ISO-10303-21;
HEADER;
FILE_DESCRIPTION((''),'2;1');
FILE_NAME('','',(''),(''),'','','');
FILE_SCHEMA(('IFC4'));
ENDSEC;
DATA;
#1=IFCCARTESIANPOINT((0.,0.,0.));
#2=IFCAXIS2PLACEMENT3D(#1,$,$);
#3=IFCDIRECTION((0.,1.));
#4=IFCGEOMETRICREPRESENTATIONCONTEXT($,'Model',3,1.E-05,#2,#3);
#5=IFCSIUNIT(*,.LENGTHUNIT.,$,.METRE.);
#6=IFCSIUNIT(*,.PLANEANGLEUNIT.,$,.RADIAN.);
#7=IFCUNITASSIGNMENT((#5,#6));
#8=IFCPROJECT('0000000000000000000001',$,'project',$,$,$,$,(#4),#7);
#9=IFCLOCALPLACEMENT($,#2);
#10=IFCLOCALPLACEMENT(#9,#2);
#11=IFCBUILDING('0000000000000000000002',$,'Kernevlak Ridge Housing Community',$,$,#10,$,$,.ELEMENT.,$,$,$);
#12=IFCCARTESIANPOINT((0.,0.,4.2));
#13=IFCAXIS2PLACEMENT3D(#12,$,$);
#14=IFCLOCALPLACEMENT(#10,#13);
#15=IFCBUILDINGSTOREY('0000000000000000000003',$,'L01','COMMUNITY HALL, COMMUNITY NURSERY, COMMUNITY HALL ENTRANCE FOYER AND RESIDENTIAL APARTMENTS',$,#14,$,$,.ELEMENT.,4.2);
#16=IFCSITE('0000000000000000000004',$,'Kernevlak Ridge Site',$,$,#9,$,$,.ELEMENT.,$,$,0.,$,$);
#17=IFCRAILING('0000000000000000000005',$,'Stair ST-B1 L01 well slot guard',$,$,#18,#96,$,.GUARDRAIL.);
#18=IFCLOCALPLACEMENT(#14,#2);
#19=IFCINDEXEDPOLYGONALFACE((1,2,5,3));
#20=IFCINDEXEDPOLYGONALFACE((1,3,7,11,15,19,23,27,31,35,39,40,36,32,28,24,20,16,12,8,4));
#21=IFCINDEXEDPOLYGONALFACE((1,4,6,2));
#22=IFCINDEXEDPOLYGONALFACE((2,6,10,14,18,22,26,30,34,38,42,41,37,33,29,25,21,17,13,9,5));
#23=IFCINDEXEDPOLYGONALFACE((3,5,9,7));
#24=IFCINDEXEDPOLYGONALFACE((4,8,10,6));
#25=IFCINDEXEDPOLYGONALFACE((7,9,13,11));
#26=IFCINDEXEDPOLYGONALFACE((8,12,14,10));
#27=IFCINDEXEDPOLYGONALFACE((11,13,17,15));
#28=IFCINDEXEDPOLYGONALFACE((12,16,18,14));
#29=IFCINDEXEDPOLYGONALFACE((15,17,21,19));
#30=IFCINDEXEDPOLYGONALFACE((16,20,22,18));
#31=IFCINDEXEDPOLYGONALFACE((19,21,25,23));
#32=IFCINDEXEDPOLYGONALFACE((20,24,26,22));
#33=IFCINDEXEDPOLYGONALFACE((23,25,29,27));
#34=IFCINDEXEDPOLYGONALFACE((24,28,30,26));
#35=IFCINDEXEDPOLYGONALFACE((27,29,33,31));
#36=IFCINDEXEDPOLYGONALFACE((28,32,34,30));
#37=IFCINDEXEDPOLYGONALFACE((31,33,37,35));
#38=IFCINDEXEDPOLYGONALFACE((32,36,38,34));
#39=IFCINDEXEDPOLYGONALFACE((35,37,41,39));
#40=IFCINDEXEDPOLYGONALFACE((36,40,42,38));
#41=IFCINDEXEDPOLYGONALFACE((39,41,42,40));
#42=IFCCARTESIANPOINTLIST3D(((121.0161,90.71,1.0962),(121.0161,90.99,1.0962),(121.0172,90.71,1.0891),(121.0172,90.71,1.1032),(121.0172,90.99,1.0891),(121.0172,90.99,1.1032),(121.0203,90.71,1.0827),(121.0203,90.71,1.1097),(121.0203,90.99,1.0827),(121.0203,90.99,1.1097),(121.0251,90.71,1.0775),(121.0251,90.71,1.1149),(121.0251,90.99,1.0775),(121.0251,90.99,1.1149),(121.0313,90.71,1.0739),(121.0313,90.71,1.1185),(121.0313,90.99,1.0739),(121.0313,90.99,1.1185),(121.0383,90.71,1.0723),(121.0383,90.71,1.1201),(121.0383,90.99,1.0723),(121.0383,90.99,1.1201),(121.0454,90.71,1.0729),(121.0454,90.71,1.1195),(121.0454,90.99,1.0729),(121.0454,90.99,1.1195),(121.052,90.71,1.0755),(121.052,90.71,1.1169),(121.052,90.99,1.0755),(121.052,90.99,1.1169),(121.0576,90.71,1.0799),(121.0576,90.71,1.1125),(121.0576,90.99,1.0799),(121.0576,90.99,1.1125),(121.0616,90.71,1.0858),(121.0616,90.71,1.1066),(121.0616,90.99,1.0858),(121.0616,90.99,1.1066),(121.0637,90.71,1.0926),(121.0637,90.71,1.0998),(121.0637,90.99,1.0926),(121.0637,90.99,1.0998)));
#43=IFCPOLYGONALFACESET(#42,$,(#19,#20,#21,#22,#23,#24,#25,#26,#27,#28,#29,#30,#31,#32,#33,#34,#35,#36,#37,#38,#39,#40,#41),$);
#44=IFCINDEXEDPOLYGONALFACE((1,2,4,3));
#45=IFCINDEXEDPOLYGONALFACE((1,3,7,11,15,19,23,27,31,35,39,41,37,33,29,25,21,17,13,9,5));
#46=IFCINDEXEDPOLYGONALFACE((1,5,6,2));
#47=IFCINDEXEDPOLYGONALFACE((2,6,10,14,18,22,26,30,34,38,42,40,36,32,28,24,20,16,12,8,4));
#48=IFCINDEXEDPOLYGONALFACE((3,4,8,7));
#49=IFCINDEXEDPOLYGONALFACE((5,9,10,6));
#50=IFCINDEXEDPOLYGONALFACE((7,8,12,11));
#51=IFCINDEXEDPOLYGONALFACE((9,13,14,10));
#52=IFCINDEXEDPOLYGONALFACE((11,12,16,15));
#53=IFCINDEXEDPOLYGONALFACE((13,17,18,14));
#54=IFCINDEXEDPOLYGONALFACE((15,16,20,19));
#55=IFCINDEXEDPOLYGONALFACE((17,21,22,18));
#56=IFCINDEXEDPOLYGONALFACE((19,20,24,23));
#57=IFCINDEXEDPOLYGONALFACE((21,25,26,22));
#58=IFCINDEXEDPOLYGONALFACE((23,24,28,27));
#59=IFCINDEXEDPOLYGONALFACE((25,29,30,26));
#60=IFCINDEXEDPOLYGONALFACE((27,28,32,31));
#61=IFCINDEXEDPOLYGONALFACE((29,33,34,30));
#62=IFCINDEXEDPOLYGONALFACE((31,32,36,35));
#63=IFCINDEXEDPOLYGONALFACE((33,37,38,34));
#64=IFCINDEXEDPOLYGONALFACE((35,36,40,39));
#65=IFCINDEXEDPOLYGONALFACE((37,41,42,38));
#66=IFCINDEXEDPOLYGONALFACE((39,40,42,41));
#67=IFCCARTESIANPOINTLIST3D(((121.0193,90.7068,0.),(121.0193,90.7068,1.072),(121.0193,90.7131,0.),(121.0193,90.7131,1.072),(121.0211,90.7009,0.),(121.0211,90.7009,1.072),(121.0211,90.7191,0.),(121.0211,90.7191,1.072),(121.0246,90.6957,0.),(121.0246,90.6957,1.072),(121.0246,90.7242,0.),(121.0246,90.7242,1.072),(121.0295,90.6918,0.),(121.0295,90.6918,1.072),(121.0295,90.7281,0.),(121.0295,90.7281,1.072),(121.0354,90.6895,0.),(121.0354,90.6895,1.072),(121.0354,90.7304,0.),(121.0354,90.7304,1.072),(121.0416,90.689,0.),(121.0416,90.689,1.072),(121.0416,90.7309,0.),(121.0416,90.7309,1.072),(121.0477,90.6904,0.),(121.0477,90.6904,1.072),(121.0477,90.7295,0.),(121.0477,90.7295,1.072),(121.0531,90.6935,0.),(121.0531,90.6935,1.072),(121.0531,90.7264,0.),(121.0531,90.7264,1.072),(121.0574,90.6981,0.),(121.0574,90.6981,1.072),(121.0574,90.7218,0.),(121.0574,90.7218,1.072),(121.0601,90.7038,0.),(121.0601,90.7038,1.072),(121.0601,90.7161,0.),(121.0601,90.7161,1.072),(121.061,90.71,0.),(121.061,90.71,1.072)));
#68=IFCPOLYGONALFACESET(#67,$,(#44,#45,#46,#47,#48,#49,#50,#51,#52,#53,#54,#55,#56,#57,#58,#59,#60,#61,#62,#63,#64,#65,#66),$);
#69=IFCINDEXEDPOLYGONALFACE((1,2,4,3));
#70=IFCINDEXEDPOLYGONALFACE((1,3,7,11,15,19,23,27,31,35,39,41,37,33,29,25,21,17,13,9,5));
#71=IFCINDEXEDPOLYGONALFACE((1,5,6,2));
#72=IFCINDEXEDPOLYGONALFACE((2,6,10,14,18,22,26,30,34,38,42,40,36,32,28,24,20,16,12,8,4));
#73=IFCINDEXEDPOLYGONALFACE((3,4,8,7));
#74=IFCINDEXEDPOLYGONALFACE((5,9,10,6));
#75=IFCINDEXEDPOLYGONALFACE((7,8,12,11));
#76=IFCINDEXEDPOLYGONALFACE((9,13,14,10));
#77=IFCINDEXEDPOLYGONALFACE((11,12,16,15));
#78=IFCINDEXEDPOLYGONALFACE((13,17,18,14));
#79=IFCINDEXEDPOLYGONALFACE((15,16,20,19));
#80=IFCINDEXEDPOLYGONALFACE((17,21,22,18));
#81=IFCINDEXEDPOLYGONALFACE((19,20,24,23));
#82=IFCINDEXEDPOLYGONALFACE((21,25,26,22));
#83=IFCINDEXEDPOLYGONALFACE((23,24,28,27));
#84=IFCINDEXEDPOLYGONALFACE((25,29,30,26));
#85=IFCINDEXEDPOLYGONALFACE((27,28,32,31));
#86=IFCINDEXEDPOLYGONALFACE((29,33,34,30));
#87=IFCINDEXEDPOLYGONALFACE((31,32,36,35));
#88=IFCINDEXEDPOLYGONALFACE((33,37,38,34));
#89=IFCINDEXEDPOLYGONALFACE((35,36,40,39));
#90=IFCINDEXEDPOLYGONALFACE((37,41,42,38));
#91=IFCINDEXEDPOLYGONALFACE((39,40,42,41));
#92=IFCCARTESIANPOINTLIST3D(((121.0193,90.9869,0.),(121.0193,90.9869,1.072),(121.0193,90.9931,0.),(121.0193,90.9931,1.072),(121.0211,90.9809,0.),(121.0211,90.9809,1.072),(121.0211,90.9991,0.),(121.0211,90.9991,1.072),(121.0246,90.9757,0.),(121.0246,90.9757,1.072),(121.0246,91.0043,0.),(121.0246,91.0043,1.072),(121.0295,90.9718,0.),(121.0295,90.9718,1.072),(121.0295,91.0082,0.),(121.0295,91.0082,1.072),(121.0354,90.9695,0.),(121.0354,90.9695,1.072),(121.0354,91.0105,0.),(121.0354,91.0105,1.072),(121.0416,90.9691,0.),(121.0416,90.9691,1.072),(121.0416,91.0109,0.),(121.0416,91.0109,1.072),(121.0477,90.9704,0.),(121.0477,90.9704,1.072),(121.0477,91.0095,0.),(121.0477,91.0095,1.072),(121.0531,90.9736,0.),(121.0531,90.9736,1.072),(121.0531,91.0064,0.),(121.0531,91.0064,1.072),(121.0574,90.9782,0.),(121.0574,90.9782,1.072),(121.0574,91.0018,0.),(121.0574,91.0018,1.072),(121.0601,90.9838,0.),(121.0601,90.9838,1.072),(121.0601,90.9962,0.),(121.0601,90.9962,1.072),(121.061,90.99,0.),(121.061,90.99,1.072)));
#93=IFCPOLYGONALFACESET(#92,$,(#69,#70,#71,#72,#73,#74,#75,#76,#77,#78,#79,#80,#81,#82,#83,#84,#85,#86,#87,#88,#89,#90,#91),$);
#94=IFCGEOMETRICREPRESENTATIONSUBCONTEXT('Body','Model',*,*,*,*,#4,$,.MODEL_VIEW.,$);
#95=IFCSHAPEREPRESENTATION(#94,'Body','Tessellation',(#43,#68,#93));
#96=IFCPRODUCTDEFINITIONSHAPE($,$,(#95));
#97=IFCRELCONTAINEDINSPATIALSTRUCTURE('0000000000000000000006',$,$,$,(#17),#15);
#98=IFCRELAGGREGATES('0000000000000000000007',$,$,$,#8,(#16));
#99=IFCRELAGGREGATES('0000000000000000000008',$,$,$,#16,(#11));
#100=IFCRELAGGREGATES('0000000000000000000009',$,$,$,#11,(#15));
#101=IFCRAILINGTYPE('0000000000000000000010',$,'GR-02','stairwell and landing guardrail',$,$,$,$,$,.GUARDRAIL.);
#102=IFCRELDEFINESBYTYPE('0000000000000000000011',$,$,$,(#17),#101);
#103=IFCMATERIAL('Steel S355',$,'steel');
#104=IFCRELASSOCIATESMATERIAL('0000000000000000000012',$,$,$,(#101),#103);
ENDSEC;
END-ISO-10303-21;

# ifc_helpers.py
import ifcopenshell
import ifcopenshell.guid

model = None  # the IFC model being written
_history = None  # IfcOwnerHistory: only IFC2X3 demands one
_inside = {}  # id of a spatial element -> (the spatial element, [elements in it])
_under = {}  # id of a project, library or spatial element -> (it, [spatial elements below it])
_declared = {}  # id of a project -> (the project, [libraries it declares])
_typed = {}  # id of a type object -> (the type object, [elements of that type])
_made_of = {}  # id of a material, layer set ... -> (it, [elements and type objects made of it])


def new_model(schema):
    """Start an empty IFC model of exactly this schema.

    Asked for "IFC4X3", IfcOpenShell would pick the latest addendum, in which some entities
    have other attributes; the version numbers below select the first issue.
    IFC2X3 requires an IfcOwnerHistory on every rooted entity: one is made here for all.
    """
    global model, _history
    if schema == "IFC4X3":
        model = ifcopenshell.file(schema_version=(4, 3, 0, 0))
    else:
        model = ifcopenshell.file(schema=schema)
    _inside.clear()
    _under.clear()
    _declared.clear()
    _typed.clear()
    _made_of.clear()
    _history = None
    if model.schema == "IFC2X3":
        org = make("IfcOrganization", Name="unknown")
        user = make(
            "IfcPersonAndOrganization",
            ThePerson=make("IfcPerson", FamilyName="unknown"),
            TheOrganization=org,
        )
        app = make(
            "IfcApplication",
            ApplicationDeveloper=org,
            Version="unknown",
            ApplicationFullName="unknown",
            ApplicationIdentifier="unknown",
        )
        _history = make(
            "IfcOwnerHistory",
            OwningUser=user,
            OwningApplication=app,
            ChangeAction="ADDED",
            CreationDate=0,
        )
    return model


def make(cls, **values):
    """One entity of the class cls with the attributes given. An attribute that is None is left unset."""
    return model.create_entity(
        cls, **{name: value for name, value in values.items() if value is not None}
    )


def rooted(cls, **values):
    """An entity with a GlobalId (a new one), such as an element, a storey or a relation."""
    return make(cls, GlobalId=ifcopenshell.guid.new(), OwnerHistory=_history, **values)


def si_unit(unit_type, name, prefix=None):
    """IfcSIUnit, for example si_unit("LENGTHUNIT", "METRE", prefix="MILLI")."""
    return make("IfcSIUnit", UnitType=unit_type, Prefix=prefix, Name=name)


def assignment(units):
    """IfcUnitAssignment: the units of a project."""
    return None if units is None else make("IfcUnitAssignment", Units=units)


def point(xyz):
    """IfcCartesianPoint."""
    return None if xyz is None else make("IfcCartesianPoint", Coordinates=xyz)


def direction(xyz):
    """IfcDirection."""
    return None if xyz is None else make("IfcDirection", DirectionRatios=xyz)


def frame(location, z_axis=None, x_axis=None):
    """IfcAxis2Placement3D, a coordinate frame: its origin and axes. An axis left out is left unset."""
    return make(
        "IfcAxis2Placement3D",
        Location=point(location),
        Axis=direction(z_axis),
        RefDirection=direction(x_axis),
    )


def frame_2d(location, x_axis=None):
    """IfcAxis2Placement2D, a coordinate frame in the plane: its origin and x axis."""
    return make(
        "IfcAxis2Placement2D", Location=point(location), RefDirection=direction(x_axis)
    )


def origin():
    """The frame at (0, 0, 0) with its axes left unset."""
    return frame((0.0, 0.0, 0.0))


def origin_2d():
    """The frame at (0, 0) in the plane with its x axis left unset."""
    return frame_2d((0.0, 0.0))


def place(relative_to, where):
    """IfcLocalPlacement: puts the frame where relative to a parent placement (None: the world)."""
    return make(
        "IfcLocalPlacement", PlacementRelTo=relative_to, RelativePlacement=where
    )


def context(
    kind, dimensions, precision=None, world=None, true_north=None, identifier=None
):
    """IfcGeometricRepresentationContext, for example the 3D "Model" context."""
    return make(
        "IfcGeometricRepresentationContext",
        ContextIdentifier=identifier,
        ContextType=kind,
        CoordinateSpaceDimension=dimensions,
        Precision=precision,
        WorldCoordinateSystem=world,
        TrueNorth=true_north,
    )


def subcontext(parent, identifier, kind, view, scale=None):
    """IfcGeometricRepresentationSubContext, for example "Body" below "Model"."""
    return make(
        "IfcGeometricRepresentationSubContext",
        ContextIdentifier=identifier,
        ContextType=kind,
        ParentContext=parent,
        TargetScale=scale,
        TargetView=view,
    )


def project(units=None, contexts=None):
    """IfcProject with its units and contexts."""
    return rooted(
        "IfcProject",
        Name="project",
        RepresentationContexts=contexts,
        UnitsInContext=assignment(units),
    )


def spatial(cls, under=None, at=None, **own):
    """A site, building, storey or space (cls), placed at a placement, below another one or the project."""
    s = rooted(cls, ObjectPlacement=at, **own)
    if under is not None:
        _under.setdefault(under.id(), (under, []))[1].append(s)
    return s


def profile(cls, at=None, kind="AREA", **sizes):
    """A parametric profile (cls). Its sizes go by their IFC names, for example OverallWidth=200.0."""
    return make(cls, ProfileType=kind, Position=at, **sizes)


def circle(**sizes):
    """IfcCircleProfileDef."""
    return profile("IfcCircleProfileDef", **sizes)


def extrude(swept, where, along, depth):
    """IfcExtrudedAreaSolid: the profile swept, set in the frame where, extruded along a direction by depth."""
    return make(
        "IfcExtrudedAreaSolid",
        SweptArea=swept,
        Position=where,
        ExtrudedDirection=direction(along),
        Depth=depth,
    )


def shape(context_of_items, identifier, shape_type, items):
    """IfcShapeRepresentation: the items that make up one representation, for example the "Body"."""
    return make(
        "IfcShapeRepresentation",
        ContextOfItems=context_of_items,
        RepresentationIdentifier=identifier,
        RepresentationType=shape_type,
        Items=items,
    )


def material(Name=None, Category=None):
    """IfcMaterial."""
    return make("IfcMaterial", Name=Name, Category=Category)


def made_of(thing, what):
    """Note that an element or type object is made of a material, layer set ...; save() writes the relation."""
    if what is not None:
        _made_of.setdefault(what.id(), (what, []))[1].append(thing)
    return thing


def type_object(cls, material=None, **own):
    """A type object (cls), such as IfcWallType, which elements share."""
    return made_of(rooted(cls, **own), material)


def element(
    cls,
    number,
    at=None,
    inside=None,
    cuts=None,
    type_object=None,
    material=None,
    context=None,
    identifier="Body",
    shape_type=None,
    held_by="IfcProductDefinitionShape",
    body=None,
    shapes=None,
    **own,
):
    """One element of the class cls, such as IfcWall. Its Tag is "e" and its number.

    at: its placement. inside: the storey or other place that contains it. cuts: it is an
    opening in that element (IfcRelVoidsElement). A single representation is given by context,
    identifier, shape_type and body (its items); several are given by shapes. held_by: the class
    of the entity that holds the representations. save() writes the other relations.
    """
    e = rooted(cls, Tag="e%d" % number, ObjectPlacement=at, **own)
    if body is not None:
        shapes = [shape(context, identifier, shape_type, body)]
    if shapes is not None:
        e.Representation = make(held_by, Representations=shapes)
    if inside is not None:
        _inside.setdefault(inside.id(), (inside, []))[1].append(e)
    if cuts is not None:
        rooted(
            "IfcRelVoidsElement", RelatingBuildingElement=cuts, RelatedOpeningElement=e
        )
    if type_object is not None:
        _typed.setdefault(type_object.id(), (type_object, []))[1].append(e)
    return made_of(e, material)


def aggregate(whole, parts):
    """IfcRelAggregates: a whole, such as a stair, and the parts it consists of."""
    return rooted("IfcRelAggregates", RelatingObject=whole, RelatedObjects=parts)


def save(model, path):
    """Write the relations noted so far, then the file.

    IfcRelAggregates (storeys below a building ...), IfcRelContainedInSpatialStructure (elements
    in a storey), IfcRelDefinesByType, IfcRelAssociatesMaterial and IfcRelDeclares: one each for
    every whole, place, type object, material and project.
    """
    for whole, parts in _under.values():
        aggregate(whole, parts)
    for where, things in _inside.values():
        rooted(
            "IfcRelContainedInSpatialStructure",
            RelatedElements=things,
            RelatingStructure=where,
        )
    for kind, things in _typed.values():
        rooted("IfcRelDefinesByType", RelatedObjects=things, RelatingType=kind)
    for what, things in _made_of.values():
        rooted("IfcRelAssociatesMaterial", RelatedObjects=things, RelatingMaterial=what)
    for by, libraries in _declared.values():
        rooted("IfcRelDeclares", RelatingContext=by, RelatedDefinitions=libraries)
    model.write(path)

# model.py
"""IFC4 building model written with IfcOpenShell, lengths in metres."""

from ifc_helpers import new_model, si_unit, direction, frame, origin, origin_2d, place, context, subcontext, project, spatial, circle, extrude, material, type_object, element, save


model = new_model("IFC4")

# Units and contexts
model_context = context("Model", 3, precision=1e-05, world=origin(), true_north=direction((0.0, 1.0)))
body_context = subcontext(model_context, "Body", "Model", "MODEL_VIEW")
ifc_project = project(units=[si_unit("LENGTHUNIT", "METRE"), si_unit("PLANEANGLEUNIT", "RADIAN")], contexts=[model_context])

# Site, building, storey
site_placement = place(None, origin())
site = spatial("IfcSite", under=ifc_project, at=site_placement, Name="Kernevlak Ridge Site", CompositionType="ELEMENT", RefElevation=0.0)
building_placement = place(site_placement, origin())
building = spatial("IfcBuilding", under=site, at=building_placement, Name="Kernevlak Ridge Housing Community", CompositionType="ELEMENT")
storey_placement = place(building_placement, frame((0.0, 0.0, 4.2)))
storey = spatial("IfcBuildingStorey", under=building, at=storey_placement, Name="L01", Description="COMMUNITY HALL, COMMUNITY NURSERY, COMMUNITY HALL ENTRANCE FOYER AND RESIDENTIAL APARTMENTS", CompositionType="ELEMENT", Elevation=4.2)

# Railing
ifc_material_1 = material(Name="Steel S355", Category="steel")
railing_type_1 = type_object("IfcRailingType", Name="GR-02", Description="stairwell and landing guardrail", PredefinedType="GUARDRAIL", material=ifc_material_1)
railing_1_placement = place(storey_placement, frame((121.04, 90.71, 0.0)))
element("IfcRailing", 1, at=railing_1_placement, inside=storey, type_object=railing_type_1, Name="Stair ST-B1 L01 well slot guard", PredefinedType="GUARDRAIL", context=body_context, shape_type="SweptSolid", body=[
    extrude(circle(Radius=0.0239, at=origin_2d()), frame((0.0, 0.0, 1.0962), z_axis=(0.0, 1.0, 0.0), x_axis=(-1.0, 0.0, 0.0)), (0.0, 0.0, 1.0), 0.28),
    extrude(circle(Radius=0.021, at=origin_2d()), origin(), (0.0, 0.0, 1.0), 1.072),
    extrude(circle(Radius=0.021, at=origin_2d()), frame((0.0, 0.28, 0.0)), (0.0, 0.0, 1.0), 1.072),
])

save(model, "model.ifc")
